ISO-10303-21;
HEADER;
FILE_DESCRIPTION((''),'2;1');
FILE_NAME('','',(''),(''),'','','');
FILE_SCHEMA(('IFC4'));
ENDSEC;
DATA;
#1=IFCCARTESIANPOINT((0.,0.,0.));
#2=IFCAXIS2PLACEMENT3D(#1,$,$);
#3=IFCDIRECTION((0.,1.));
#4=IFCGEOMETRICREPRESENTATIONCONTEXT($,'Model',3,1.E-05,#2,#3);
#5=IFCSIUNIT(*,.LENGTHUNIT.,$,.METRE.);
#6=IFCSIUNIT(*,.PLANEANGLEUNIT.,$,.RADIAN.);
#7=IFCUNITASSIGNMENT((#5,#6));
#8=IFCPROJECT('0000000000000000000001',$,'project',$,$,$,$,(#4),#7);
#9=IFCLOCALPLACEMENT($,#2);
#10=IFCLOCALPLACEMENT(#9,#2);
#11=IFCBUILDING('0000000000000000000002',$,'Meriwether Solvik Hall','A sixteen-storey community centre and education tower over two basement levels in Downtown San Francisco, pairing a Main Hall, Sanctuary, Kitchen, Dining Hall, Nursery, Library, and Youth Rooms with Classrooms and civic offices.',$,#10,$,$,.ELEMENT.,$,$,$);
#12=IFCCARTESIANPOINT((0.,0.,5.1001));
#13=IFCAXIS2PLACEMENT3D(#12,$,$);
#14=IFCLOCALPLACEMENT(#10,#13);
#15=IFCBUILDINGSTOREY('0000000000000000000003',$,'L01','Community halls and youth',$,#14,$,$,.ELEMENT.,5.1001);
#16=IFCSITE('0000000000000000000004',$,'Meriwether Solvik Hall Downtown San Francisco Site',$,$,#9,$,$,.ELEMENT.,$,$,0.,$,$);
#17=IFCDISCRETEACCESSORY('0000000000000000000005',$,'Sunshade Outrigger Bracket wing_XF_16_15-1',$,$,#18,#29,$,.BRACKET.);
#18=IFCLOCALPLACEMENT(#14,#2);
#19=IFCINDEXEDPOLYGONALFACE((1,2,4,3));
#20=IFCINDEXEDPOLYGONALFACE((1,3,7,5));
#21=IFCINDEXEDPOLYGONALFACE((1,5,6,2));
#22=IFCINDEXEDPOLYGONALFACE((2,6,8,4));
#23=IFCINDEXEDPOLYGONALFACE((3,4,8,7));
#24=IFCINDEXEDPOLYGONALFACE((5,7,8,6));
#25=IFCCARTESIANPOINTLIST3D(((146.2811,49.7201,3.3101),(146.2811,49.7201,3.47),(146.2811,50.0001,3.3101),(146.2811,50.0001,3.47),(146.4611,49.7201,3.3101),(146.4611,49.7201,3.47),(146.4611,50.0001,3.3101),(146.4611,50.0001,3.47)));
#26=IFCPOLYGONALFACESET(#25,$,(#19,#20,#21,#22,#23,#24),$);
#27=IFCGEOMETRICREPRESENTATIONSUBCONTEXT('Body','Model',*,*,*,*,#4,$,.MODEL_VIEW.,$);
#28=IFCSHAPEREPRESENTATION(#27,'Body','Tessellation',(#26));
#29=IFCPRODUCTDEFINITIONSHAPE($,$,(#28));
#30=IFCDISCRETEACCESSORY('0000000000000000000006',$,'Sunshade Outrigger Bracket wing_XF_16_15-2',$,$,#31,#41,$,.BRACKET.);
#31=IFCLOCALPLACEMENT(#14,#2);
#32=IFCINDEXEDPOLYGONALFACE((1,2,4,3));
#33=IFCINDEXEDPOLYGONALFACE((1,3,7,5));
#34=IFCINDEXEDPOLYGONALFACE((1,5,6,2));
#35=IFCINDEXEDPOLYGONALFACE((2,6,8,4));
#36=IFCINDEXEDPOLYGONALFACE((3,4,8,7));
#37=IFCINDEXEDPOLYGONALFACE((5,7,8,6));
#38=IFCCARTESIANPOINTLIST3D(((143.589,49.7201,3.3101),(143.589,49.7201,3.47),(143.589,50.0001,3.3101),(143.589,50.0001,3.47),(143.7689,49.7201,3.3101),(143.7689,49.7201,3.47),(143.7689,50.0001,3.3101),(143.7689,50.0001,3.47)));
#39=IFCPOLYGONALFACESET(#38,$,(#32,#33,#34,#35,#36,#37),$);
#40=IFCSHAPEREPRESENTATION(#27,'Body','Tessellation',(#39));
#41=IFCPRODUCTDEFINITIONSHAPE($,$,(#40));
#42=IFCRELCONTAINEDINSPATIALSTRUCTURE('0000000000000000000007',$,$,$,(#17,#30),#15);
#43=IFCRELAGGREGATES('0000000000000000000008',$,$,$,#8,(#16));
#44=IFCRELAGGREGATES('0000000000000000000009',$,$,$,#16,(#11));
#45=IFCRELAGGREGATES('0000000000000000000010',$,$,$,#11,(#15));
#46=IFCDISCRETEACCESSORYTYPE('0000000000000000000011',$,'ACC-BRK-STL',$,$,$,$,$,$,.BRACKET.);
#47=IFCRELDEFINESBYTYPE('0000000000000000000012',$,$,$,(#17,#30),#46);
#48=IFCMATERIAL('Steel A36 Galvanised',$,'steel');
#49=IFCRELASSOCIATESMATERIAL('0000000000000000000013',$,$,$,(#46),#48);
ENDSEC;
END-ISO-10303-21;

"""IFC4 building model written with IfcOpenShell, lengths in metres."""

from ifc_helpers import new_model, si_unit, direction, frame, origin, origin_2d, place, context, subcontext, project, spatial, rectangle, extrude, material, type_object, element, save


model = new_model("IFC4")

# Units and contexts
model_context = context("Model", 3, precision=1e-05, world=origin(), true_north=direction((0.0, 1.0)))
body_context = subcontext(model_context, "Body", "Model", "MODEL_VIEW")
ifc_project = project(units=[si_unit("LENGTHUNIT", "METRE"), si_unit("PLANEANGLEUNIT", "RADIAN")], contexts=[model_context])

# Site, building, storey
site_placement = place(None, origin())
site = spatial("IfcSite", under=ifc_project, at=site_placement, Name="Meriwether Solvik Hall Downtown San Francisco Site", CompositionType="ELEMENT", RefElevation=0.0)
building_placement = place(site_placement, origin())
building = spatial("IfcBuilding", under=site, at=building_placement, Name="Meriwether Solvik Hall", Description="A sixteen-storey community centre and education tower over two basement levels in Downtown San Francisco, pairing a Main Hall, Sanctuary, Kitchen, Dining Hall, Nursery, Library, and Youth Rooms with Classrooms and civic offices.", CompositionType="ELEMENT")
storey_placement = place(building_placement, frame((0.0, 0.0, 5.1001)))
storey = spatial("IfcBuildingStorey", under=building, at=storey_placement, Name="L01", Description="Community halls and youth", CompositionType="ELEMENT", Elevation=5.1001)

# Discrete accessories
ifc_material_1 = material(Name="Steel A36 Galvanised", Category="steel")
discrete_accessory_type = type_object("IfcDiscreteAccessoryType", Name="ACC-BRK-STL", PredefinedType="BRACKET", material=ifc_material_1)
for number, where, z_axis, x_axis, name in (
    (1, (146.3711, 49.8601, 3.3101), (0.0, 0.0, 1.0), (-1.0, 0.0, 0.0), "Sunshade Outrigger Bracket wing_XF_16_15-1"),
    (2, (143.679, 49.8601, 3.3101), (0.0, 0.0, 1.0), (-1.0, 0.0, 0.0), "Sunshade Outrigger Bracket wing_XF_16_15-2"),
):
    element("IfcDiscreteAccessory", number, at=place(storey_placement, frame(where, z_axis=z_axis, x_axis=x_axis)), inside=storey, type_object=discrete_accessory_type, Name=name, PredefinedType="BRACKET", context=body_context, shape_type="SweptSolid", body=[
        extrude(rectangle(XDim=0.1799, YDim=0.28, at=origin_2d()), origin(), (0.0, 0.0, 1.0), 0.1599),
    ])

save(model, "model.ifc")
